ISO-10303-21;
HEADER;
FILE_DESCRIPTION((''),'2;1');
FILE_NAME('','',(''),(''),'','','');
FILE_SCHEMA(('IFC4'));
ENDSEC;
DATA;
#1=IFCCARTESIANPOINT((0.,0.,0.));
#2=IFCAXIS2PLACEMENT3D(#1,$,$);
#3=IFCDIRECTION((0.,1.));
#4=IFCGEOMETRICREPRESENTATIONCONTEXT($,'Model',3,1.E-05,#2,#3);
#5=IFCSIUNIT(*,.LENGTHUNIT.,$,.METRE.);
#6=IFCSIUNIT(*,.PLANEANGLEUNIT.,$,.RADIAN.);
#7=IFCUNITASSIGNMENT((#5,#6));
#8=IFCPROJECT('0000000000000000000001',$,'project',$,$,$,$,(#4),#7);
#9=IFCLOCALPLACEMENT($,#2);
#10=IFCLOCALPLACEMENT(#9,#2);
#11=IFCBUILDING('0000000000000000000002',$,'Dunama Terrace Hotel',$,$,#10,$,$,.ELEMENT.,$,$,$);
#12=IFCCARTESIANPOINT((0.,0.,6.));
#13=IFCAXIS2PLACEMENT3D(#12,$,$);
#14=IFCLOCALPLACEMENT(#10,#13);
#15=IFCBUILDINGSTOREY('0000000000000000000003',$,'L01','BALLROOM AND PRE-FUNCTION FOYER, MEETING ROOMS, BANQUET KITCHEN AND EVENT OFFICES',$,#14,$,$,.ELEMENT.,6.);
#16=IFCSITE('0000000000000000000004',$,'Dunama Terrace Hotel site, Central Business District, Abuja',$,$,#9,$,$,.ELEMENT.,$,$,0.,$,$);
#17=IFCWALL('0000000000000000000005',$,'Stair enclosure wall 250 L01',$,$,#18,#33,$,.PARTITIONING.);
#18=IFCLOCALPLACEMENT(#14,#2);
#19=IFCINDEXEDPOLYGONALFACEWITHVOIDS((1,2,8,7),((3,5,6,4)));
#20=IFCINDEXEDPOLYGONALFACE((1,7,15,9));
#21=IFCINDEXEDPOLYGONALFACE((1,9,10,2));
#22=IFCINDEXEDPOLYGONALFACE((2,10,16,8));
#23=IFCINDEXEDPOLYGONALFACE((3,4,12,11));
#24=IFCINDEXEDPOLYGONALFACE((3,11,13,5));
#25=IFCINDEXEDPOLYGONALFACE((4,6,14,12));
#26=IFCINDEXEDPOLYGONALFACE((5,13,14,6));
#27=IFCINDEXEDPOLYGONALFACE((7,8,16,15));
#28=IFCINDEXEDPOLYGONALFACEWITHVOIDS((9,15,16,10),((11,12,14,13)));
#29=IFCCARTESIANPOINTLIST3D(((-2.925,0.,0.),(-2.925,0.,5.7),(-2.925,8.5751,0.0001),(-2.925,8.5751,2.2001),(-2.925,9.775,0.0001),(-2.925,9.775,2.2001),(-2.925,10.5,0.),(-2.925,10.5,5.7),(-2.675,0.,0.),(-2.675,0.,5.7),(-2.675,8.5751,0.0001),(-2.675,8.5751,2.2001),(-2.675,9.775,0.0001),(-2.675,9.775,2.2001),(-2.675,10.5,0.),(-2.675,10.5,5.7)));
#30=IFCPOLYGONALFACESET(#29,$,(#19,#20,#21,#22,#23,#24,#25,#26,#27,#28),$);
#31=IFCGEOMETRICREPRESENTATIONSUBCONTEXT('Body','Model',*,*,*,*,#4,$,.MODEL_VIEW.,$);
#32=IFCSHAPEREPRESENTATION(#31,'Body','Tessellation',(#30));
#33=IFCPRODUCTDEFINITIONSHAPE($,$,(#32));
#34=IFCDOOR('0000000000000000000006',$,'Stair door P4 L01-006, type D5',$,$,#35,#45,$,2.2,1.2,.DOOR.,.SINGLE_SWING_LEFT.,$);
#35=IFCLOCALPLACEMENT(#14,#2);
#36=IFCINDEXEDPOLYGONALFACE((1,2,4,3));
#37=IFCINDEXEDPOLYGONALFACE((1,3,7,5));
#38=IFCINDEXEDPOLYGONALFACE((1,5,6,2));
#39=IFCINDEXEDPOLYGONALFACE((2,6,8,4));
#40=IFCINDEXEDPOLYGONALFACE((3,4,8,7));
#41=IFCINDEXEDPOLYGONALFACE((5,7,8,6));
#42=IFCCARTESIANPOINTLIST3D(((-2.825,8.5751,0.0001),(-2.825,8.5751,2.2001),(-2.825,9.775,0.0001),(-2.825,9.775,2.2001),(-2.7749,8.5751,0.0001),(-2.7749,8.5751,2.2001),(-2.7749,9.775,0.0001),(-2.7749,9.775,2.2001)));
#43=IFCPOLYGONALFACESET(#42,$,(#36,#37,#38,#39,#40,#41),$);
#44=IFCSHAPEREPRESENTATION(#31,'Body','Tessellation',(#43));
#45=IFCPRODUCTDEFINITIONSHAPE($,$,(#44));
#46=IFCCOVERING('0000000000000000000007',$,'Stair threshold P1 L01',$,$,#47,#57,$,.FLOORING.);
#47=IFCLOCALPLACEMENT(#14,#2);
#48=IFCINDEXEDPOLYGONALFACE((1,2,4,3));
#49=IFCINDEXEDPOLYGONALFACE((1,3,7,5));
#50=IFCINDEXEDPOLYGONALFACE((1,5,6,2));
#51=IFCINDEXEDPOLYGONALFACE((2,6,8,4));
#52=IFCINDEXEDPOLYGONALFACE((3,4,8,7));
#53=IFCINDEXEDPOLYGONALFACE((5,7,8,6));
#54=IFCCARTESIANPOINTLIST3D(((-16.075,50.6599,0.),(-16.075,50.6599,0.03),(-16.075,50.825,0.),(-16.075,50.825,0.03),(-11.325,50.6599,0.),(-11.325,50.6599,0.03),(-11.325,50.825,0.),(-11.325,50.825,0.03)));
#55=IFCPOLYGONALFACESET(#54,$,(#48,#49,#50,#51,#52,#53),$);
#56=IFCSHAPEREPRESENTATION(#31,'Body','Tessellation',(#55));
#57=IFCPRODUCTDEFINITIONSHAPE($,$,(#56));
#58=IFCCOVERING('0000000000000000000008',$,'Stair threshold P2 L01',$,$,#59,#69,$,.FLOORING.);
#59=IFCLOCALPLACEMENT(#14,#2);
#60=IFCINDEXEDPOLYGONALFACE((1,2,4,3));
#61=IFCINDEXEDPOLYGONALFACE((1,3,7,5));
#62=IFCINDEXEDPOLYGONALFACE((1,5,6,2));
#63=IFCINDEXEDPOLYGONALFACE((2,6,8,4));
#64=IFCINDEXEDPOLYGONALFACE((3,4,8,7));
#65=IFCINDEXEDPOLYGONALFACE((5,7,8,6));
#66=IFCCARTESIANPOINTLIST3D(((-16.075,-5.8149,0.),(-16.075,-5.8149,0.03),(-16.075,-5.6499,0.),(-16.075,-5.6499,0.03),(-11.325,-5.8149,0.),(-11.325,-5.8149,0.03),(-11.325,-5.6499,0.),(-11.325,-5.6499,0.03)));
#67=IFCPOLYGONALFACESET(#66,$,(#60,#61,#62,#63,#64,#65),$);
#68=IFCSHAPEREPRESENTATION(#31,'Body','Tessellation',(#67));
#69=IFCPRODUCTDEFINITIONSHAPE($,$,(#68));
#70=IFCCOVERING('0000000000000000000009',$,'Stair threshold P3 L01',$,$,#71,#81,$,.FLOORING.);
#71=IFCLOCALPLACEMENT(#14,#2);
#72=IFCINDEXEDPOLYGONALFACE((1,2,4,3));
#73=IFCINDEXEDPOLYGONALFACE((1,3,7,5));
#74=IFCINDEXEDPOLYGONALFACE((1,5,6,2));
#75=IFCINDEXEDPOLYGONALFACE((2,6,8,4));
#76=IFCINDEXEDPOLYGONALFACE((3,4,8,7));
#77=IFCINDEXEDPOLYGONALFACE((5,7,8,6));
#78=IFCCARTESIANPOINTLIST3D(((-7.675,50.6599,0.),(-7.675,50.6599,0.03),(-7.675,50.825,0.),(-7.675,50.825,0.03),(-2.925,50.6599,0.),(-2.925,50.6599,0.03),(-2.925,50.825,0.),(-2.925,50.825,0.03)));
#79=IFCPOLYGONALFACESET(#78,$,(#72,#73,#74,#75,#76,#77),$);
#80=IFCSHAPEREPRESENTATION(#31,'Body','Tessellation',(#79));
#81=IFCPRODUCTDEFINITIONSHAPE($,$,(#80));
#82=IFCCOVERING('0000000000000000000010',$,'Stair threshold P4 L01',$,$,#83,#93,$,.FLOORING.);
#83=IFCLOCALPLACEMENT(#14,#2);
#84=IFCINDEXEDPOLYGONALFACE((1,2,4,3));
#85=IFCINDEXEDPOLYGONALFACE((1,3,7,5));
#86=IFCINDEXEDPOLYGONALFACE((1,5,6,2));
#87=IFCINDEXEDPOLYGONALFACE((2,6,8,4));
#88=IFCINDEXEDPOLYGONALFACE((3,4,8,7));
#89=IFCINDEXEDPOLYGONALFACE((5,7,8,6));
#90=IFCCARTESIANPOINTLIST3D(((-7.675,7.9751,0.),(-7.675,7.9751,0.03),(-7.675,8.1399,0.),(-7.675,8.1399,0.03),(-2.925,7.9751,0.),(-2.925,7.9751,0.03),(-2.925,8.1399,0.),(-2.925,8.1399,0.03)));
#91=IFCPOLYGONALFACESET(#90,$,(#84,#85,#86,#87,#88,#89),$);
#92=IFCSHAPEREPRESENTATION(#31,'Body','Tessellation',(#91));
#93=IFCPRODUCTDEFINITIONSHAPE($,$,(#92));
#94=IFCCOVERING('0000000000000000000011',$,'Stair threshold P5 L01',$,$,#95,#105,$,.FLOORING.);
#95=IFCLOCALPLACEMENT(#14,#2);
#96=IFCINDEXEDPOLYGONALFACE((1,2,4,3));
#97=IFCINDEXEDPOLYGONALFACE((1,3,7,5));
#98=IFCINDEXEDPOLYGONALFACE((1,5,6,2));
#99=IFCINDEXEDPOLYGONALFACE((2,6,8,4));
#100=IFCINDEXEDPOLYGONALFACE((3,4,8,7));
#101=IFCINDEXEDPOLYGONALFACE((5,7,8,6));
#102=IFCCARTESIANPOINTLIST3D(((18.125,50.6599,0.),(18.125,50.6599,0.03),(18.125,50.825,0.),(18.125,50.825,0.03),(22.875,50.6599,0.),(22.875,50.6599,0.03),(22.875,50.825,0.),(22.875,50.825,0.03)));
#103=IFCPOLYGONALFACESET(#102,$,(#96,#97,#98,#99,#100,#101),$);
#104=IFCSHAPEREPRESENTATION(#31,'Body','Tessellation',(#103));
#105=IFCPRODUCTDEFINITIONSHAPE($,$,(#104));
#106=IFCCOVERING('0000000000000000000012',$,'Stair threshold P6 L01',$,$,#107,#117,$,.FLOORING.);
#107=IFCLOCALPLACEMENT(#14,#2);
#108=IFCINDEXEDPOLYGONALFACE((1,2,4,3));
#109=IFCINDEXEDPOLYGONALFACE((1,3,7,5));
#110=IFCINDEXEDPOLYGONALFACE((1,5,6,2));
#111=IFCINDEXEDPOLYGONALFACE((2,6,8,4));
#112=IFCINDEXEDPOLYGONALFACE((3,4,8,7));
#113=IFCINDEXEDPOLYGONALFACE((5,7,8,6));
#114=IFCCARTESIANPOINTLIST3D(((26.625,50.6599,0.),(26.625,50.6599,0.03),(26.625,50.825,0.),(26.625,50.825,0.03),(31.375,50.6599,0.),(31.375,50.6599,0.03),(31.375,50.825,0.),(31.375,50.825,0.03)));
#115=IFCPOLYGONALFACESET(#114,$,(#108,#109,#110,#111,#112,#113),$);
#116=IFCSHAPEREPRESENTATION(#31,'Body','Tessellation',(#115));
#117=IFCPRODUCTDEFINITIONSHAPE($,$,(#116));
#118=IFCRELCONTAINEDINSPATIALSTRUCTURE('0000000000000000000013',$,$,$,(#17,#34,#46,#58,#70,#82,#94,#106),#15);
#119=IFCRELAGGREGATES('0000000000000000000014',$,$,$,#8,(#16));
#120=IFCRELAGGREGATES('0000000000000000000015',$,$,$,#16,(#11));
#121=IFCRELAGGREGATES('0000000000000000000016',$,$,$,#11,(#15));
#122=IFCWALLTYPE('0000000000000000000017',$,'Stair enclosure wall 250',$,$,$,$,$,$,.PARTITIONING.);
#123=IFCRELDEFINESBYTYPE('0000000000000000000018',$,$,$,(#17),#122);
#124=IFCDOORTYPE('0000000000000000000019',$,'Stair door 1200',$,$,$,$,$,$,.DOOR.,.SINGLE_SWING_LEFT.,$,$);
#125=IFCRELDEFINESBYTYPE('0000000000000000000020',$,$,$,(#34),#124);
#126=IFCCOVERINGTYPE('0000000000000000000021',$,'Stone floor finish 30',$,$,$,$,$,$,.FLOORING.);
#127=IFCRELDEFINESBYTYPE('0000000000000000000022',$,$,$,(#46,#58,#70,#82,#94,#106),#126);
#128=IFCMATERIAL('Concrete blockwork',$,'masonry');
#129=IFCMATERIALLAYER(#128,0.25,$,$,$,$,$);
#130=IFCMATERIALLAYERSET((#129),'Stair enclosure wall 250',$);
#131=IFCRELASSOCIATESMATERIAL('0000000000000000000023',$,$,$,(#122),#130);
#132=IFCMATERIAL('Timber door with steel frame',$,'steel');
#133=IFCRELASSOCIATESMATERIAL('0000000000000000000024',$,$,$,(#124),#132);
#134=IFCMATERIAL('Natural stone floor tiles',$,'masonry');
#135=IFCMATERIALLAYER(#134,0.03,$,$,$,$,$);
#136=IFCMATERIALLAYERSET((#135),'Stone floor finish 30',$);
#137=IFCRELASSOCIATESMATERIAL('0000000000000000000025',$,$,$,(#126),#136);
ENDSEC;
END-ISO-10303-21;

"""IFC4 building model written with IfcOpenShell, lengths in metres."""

from ifc_helpers import new_model, si_unit, direction, frame, frame_2d, origin, place, context, subcontext, project, spatial, polyline, rectangle, outline, extrude, material, layer, layer_set, type_object, element, fill, save


model = new_model("IFC4")

# Units and contexts
model_context = context("Model", 3, precision=1e-05, world=origin(), true_north=direction((0.0, 1.0)))
body_context = subcontext(model_context, "Body", "Model", "MODEL_VIEW")
ifc_project = project(units=[si_unit("LENGTHUNIT", "METRE"), si_unit("PLANEANGLEUNIT", "RADIAN")], contexts=[model_context])

# Site, building, storey
site_placement = place(None, origin())
site = spatial("IfcSite", under=ifc_project, at=site_placement, Name="Dunama Terrace Hotel site, Central Business District, Abuja", CompositionType="ELEMENT", RefElevation=0.0)
building_placement = place(site_placement, origin())
building = spatial("IfcBuilding", under=site, at=building_placement, Name="Dunama Terrace Hotel", CompositionType="ELEMENT")
storey_placement = place(building_placement, frame((0.0, 0.0, 6.0)))
storey = spatial("IfcBuildingStorey", under=building, at=storey_placement, Name="L01", Description="BALLROOM AND PRE-FUNCTION FOYER, MEETING ROOMS, BANQUET KITCHEN AND EVENT OFFICES", CompositionType="ELEMENT", Elevation=6.0)

# Wall, opening, door
ifc_material_1 = material(Name="Concrete blockwork", Category="masonry")
ifc_layer_1 = layer(ifc_material_1, 0.25)
ifc_layer_set_1 = layer_set([ifc_layer_1], Name="Stair enclosure wall 250")
wall_type_1 = type_object("IfcWallType", Name="Stair enclosure wall 250", PredefinedType="PARTITIONING", material=ifc_layer_set_1)
wall_1_placement = place(storey_placement, frame((-2.8, 0.0, 0.0), z_axis=(0.0, 0.0, 1.0), x_axis=(0.0, 1.0, 0.0)))
wall_1 = element("IfcWall", 1, at=wall_1_placement, inside=storey, type_object=wall_type_1, Name="Stair enclosure wall 250 L01", PredefinedType="PARTITIONING", context=body_context, shape_type="SweptSolid", body=[
    extrude(rectangle(XDim=10.5, YDim=0.25, at=frame_2d((5.25, 0.0))), origin(), (0.0, 0.0, 1.0), 5.7),
])
opening_1_placement = place(wall_1_placement, frame((8.575, 0.0, 0.0)))
opening_1 = element("IfcOpeningElement", 2, at=opening_1_placement, cuts=wall_1, PredefinedType="OPENING", context=body_context, shape_type="SweptSolid", body=[
    extrude(rectangle(XDim=1.2, YDim=2.2, at=frame_2d((0.6001, 1.1001))), frame((0.0, 0.135, 0.0), z_axis=(0.0, -1.0, 0.0), x_axis=(1.0, 0.0, 0.0)), (0.0, 0.0, 1.0), 0.27),
])
ifc_material_2 = material(Name="Timber door with steel frame", Category="steel")
door_type_1 = type_object("IfcDoorType", Name="Stair door 1200", OperationType="SINGLE_SWING_LEFT", PredefinedType="DOOR", material=ifc_material_2)
door_1_placement = place(opening_1_placement, origin())
door_1 = element("IfcDoor", 3, at=door_1_placement, inside=storey, type_object=door_type_1, Name="Stair door P4 L01-006, type D5", OperationType="SINGLE_SWING_LEFT", OverallHeight=2.2, OverallWidth=1.2, PredefinedType="DOOR", context=body_context, shape_type="SweptSolid", body=[
    extrude(rectangle(XDim=1.2, YDim=2.2, at=frame_2d((0.6001, 1.1001))), frame((0.0, 0.0249, 0.0), z_axis=(0.0, -1.0, 0.0), x_axis=(1.0, 0.0, 0.0)), (0.0, 0.0, 1.0), 0.05),
])
fill(opening_1, door_1)

# Coverings
ifc_material_3 = material(Name="Natural stone floor tiles", Category="masonry")
ifc_layer_2 = layer(ifc_material_3, 0.03)
ifc_layer_set_2 = layer_set([ifc_layer_2], Name="Stone floor finish 30")
covering_type = type_object("IfcCoveringType", Name="Stone floor finish 30", PredefinedType="FLOORING", material=ifc_layer_set_2)
covering_1_placement = place(storey_placement, origin())
element("IfcCovering", 4, at=covering_1_placement, inside=storey, type_object=covering_type, Name="Stair threshold P1 L01", PredefinedType="FLOORING", context=body_context, shape_type="SweptSolid", body=[
    extrude(outline(polyline([(-11.325, 50.6599), (-11.325, 50.825), (-16.075, 50.825), (-16.075, 50.6599), (-11.325, 50.6599)])), origin(), (0.0, 0.0, 1.0), 0.03),
])
covering_2_placement = place(storey_placement, origin())
element("IfcCovering", 5, at=covering_2_placement, inside=storey, type_object=covering_type, Name="Stair threshold P2 L01", PredefinedType="FLOORING", context=body_context, shape_type="SweptSolid", body=[
    extrude(outline(polyline([(-11.325, -5.8149), (-11.325, -5.6499), (-16.075, -5.6499), (-16.075, -5.8149), (-11.325, -5.8149)])), origin(), (0.0, 0.0, 1.0), 0.03),
])
covering_3_placement = place(storey_placement, origin())
element("IfcCovering", 6, at=covering_3_placement, inside=storey, type_object=covering_type, Name="Stair threshold P3 L01", PredefinedType="FLOORING", context=body_context, shape_type="SweptSolid", body=[
    extrude(outline(polyline([(-2.925, 50.6599), (-2.925, 50.825), (-7.675, 50.825), (-7.675, 50.6599), (-2.925, 50.6599)])), origin(), (0.0, 0.0, 1.0), 0.03),
])
covering_4_placement = place(storey_placement, origin())
element("IfcCovering", 7, at=covering_4_placement, inside=storey, type_object=covering_type, Name="Stair threshold P4 L01", PredefinedType="FLOORING", context=body_context, shape_type="SweptSolid", body=[
    extrude(outline(polyline([(-2.925, 7.9751), (-2.925, 8.1399), (-7.675, 8.1399), (-7.675, 7.9751), (-2.925, 7.9751)])), origin(), (0.0, 0.0, 1.0), 0.03),
])
covering_5_placement = place(storey_placement, origin())
element("IfcCovering", 8, at=covering_5_placement, inside=storey, type_object=covering_type, Name="Stair threshold P5 L01", PredefinedType="FLOORING", context=body_context, shape_type="SweptSolid", body=[
    extrude(outline(polyline([(22.875, 50.6599), (22.875, 50.825), (18.125, 50.825), (18.125, 50.6599), (22.875, 50.6599)])), origin(), (0.0, 0.0, 1.0), 0.03),
])
covering_6_placement = place(storey_placement, origin())
element("IfcCovering", 9, at=covering_6_placement, inside=storey, type_object=covering_type, Name="Stair threshold P6 L01", PredefinedType="FLOORING", context=body_context, shape_type="SweptSolid", body=[
    extrude(outline(polyline([(31.375, 50.6599), (31.375, 50.825), (26.625, 50.825), (26.625, 50.6599), (31.375, 50.6599)])), origin(), (0.0, 0.0, 1.0), 0.03),
])

save(model, "model.ifc")
